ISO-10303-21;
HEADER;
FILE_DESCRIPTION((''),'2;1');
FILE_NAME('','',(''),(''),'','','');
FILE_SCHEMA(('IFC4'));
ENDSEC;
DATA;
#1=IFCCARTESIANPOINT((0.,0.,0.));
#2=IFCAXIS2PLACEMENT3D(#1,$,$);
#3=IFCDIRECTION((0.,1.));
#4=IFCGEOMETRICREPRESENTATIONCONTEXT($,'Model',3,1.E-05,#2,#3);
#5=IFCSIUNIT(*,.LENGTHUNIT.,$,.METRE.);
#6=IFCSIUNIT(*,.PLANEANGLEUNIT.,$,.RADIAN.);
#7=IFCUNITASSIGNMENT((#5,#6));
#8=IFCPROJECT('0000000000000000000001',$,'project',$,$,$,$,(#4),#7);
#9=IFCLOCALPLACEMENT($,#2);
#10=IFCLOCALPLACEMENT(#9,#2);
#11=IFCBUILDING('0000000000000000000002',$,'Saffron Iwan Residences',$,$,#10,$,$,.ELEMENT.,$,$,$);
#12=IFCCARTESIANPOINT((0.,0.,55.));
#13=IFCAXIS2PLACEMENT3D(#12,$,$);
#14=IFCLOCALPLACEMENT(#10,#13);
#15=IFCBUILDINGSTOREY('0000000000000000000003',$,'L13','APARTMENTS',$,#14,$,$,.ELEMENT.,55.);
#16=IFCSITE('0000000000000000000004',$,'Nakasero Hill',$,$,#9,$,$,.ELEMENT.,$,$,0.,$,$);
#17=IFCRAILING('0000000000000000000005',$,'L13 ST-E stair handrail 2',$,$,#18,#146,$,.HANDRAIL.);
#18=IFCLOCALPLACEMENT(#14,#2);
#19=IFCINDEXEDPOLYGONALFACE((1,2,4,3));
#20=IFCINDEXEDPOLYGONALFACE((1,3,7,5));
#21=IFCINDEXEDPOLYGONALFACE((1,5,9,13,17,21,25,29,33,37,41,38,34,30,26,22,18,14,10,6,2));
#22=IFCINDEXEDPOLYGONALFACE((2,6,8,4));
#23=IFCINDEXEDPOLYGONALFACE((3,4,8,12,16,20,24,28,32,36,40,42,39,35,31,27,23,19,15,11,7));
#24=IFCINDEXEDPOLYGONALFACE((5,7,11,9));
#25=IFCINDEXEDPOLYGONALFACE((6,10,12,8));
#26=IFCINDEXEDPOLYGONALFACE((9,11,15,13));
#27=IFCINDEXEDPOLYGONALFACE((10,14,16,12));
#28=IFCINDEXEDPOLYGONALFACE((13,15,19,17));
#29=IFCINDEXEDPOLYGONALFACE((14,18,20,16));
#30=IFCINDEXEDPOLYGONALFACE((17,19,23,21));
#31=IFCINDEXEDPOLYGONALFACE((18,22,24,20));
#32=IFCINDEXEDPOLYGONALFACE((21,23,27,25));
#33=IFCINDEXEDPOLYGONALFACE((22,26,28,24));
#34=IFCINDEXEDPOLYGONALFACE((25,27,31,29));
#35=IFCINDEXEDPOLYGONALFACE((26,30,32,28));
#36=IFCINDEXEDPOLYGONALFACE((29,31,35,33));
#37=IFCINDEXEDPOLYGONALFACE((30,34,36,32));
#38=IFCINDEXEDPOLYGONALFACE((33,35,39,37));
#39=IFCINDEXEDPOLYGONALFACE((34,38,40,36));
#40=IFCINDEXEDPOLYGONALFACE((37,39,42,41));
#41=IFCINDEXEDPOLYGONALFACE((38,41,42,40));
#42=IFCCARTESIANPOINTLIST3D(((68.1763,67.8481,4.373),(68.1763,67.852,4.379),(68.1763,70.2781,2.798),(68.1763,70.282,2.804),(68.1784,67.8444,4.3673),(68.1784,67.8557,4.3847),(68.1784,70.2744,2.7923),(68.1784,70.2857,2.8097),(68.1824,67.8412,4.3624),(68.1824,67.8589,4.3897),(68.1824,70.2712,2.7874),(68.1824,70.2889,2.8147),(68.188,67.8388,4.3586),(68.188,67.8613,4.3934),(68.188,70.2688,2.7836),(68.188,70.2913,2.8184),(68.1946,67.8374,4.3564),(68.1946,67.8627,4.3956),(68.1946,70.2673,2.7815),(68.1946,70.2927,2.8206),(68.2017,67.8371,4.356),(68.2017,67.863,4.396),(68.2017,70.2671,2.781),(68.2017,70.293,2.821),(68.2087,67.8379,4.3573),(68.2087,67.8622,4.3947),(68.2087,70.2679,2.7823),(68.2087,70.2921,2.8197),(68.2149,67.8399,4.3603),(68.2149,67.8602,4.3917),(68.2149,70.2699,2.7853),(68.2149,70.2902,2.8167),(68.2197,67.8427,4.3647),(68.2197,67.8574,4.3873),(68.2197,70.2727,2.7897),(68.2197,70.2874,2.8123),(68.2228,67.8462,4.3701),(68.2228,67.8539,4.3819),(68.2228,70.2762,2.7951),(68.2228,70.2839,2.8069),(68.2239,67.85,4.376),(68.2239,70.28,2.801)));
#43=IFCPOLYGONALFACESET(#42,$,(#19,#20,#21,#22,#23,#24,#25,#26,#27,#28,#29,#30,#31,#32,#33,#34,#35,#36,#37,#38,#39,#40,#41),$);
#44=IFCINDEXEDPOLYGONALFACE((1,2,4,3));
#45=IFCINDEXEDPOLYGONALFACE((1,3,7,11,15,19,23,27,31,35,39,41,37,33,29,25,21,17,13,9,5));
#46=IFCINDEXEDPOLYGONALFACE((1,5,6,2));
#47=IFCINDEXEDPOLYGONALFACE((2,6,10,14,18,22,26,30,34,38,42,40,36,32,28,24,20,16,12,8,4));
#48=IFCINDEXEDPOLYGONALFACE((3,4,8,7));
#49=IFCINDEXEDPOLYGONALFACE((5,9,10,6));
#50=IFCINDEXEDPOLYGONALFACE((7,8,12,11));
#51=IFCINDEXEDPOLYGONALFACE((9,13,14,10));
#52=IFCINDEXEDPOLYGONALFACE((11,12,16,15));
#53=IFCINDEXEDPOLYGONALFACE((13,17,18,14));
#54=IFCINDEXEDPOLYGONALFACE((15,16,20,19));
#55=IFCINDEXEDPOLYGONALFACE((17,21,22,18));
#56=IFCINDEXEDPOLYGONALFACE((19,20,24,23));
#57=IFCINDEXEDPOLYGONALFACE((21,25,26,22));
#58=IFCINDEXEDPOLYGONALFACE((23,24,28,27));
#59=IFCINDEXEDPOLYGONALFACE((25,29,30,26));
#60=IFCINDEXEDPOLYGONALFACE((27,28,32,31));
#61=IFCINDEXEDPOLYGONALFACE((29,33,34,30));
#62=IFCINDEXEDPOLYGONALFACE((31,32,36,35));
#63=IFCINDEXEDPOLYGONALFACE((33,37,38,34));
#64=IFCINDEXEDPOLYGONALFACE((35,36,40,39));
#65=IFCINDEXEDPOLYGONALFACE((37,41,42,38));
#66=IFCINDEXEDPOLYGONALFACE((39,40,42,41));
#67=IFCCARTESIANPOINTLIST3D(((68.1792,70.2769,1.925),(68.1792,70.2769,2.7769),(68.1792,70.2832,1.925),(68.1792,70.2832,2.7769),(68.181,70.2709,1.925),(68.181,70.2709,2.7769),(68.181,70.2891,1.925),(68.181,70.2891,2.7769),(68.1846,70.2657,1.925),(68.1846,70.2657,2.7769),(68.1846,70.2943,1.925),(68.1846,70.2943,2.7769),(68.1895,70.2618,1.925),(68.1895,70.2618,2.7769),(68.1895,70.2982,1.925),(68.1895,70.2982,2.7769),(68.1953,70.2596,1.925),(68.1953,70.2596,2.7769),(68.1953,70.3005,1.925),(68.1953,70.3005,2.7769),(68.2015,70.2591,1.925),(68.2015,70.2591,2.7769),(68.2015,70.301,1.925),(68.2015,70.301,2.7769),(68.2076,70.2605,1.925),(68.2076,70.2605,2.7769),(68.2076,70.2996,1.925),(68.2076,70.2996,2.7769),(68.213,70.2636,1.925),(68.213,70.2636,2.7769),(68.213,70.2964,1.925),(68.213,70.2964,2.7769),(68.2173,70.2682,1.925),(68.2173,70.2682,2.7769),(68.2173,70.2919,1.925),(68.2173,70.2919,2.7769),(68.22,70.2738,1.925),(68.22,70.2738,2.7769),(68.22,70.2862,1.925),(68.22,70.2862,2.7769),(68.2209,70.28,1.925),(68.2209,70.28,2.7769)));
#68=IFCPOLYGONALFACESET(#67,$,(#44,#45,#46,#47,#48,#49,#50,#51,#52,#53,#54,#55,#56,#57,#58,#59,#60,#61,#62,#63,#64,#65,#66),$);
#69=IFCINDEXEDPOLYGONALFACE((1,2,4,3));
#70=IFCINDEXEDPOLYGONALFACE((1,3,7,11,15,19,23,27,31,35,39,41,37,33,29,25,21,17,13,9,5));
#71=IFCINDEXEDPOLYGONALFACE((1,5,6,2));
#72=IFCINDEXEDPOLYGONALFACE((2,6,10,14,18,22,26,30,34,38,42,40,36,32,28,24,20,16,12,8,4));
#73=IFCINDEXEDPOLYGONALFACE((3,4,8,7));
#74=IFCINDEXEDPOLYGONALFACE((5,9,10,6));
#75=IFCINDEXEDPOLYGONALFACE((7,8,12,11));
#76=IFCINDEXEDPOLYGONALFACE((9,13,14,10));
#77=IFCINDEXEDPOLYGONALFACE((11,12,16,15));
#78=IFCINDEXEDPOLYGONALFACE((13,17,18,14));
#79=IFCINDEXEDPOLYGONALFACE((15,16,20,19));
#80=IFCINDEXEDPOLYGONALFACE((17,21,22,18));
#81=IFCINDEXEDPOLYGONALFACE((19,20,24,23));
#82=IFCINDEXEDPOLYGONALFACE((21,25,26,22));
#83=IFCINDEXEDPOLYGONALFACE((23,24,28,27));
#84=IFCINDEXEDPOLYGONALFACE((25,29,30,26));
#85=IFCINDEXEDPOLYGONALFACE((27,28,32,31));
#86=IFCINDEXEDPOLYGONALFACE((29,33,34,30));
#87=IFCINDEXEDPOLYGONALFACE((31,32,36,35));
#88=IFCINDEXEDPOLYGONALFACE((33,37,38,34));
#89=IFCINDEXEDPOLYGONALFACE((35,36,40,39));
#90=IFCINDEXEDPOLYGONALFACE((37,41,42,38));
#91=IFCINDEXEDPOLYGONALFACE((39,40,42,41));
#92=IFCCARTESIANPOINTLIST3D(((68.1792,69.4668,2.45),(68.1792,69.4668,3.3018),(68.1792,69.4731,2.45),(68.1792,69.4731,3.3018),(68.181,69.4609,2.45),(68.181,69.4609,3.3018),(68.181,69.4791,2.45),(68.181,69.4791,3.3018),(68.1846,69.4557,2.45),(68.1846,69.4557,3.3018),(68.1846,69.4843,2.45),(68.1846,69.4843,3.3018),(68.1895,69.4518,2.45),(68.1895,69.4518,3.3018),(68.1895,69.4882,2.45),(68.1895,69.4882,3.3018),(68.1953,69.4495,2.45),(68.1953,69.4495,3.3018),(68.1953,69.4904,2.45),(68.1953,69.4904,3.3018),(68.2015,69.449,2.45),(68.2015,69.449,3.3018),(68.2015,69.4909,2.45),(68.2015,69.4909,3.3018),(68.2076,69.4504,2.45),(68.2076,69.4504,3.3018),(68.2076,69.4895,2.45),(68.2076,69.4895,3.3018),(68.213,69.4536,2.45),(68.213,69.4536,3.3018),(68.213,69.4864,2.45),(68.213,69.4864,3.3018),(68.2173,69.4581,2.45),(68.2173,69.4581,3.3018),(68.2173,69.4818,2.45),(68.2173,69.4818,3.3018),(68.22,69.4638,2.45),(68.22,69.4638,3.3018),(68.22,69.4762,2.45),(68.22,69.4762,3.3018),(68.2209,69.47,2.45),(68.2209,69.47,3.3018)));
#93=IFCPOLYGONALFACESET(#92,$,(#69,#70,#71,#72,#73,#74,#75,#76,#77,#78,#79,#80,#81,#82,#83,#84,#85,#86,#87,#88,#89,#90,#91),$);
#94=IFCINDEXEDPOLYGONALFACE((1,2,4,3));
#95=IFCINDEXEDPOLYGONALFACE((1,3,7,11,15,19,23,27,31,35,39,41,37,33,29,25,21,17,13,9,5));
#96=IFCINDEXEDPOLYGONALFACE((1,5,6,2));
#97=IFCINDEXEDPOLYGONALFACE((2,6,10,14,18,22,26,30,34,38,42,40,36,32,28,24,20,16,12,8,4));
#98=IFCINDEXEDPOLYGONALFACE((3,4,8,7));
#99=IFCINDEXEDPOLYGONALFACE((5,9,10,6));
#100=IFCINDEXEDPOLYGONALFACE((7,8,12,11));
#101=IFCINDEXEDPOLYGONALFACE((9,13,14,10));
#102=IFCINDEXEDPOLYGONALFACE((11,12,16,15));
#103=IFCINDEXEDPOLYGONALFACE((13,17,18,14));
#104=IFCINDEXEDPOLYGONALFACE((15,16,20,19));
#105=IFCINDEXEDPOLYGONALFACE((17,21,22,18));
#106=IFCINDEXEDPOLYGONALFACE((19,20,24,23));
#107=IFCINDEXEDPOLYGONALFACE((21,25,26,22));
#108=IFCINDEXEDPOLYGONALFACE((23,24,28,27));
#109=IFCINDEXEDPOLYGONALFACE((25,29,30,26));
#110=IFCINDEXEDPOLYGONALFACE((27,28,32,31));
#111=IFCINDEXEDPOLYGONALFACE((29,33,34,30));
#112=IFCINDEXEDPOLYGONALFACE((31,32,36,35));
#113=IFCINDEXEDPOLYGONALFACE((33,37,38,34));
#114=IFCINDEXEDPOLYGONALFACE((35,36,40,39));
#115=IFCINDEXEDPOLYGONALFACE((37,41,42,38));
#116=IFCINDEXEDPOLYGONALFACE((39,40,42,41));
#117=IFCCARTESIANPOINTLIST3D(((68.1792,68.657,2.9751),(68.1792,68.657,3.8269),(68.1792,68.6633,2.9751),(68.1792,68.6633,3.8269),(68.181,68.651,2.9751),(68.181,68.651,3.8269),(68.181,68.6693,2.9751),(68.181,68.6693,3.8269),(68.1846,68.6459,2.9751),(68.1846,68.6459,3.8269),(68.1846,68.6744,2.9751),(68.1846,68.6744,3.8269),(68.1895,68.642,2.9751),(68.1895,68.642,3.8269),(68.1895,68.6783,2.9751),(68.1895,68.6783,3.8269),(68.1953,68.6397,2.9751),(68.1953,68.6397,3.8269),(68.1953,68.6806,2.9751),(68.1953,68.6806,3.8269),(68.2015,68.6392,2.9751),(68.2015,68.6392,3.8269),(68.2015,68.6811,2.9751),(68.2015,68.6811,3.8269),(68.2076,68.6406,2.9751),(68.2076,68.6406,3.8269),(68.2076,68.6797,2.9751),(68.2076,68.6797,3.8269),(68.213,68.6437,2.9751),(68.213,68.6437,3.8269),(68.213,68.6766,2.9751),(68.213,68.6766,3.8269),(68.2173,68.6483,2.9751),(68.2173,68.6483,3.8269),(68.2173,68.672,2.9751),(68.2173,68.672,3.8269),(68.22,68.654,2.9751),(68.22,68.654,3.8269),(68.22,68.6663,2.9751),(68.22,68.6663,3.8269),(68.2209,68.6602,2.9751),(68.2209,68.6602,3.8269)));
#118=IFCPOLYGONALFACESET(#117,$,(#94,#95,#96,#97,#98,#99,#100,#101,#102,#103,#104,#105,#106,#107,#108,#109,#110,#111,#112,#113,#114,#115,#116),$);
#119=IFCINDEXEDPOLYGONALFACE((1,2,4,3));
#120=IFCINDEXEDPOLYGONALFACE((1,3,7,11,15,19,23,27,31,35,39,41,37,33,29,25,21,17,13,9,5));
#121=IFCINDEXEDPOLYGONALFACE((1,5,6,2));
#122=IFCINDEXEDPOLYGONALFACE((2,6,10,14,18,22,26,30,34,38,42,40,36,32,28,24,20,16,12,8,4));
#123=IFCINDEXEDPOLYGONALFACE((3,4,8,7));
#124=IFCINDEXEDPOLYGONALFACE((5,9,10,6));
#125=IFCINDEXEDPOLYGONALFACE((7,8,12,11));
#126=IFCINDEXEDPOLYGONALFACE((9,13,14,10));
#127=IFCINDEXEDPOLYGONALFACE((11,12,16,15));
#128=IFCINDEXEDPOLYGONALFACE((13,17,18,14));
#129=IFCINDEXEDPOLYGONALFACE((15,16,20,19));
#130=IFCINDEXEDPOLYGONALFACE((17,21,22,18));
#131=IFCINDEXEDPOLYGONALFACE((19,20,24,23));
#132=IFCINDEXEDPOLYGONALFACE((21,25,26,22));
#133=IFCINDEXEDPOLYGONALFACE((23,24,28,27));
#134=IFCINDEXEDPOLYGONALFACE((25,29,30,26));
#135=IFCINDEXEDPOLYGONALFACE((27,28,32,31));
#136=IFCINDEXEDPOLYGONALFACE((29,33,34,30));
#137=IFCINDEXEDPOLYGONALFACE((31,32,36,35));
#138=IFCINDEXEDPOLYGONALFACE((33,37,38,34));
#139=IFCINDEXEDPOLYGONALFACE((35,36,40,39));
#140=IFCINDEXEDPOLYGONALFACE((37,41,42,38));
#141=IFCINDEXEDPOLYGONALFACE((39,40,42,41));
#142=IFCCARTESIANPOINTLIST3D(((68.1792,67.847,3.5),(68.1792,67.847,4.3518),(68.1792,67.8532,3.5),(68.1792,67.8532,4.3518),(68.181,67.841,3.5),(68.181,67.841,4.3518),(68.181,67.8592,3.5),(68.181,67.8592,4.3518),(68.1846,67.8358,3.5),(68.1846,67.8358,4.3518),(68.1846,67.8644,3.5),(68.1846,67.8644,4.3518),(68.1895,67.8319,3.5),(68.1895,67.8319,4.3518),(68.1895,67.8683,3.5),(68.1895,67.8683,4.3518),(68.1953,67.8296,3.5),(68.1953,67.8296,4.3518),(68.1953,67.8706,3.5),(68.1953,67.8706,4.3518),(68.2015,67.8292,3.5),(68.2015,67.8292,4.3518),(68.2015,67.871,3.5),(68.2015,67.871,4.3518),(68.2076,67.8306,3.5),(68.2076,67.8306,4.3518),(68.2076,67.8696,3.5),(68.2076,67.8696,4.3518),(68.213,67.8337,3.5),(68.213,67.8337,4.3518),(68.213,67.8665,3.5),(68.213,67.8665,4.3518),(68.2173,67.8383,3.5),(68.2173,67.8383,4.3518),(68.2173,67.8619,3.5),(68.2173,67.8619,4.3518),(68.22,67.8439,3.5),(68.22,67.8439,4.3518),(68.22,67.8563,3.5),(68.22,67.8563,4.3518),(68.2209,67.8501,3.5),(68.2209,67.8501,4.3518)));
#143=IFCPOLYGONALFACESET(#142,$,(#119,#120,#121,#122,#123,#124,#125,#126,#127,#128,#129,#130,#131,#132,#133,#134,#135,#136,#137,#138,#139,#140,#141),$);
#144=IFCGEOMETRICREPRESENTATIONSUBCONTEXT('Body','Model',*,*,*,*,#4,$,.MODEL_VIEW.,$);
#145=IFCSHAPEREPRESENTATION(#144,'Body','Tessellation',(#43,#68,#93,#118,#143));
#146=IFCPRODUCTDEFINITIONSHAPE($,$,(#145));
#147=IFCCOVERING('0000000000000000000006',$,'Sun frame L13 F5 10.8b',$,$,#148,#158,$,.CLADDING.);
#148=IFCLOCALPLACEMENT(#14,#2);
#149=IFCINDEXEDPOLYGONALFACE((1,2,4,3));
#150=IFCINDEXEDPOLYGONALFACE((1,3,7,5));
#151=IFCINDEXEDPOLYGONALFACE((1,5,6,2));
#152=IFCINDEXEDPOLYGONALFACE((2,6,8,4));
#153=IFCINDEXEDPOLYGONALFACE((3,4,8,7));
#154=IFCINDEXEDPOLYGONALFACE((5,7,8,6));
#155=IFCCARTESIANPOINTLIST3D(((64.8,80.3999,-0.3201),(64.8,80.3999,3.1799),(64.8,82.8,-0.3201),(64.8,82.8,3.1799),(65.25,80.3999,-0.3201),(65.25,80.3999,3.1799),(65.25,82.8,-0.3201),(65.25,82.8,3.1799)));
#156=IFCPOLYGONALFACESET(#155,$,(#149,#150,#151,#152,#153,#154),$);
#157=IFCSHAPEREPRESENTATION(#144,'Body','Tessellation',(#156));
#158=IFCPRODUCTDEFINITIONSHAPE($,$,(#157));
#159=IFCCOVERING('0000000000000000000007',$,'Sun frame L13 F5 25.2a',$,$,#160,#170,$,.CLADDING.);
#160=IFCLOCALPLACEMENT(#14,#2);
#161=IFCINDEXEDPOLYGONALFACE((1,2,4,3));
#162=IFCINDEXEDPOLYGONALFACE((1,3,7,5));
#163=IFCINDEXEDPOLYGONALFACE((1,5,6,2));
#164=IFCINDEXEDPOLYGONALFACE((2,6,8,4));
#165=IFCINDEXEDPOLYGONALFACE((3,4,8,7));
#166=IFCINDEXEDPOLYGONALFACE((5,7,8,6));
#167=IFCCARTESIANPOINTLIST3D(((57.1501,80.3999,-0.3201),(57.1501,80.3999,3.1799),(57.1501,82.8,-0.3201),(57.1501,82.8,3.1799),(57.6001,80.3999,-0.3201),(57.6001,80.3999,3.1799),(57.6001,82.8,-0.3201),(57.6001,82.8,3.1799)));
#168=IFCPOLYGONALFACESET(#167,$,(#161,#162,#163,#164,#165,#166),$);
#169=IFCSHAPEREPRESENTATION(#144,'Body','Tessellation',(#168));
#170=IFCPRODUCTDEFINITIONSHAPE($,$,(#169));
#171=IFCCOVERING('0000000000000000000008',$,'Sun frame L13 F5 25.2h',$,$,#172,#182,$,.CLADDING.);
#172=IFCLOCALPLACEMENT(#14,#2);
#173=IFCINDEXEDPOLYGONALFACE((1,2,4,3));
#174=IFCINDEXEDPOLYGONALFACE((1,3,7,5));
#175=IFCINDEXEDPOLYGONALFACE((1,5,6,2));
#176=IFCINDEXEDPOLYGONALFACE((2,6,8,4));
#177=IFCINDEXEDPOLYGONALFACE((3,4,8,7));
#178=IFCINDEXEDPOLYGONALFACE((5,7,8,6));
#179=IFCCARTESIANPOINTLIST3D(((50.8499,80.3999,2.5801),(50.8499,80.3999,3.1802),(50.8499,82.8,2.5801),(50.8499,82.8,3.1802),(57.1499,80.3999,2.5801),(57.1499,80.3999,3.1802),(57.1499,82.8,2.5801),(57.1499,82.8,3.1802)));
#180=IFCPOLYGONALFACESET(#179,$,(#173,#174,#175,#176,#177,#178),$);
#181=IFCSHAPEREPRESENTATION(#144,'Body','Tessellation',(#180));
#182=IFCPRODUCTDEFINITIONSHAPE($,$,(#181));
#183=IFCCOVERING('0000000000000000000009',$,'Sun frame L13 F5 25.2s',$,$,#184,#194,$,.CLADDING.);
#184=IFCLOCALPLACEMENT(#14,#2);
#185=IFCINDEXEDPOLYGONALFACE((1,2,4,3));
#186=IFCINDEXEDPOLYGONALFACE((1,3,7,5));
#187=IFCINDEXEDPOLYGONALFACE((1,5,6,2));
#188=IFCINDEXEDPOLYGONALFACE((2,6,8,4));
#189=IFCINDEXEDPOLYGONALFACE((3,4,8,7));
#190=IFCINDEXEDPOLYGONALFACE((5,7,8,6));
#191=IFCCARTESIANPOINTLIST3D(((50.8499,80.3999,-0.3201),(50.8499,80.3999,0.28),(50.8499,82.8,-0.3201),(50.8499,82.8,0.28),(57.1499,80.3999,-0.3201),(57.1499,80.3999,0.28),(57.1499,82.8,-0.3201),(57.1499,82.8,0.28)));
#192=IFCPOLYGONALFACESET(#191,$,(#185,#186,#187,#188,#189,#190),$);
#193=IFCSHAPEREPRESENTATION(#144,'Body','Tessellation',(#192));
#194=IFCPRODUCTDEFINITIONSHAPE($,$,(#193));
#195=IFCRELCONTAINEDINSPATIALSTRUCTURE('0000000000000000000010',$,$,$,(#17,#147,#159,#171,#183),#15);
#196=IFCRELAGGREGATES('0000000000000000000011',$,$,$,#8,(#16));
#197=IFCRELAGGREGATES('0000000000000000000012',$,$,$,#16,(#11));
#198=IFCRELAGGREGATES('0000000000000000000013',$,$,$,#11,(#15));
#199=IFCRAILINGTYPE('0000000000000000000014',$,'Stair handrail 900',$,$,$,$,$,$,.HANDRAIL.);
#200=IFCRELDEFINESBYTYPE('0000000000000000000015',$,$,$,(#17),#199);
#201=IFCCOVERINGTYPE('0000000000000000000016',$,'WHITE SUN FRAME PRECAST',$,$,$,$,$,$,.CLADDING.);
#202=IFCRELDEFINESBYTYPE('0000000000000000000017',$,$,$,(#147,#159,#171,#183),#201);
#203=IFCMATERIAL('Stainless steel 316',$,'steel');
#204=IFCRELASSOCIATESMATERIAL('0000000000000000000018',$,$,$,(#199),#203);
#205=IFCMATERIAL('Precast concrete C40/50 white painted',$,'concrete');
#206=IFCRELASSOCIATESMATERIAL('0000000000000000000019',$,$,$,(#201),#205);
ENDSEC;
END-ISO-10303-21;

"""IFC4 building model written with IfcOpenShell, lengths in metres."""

from ifc_helpers import new_model, si_unit, direction, frame, origin, origin_2d, place, context, subcontext, project, spatial, polyline, circle, outline, extrude, material, type_object, element, save


model = new_model("IFC4")

# Units and contexts
model_context = context("Model", 3, precision=1e-05, world=origin(), true_north=direction((0.0, 1.0)))
body_context = subcontext(model_context, "Body", "Model", "MODEL_VIEW")
ifc_project = project(units=[si_unit("LENGTHUNIT", "METRE"), si_unit("PLANEANGLEUNIT", "RADIAN")], contexts=[model_context])

# Site, building, storey
site_placement = place(None, origin())
site = spatial("IfcSite", under=ifc_project, at=site_placement, Name="Nakasero Hill", CompositionType="ELEMENT", RefElevation=0.0)
building_placement = place(site_placement, origin())
building = spatial("IfcBuilding", under=site, at=building_placement, Name="Saffron Iwan Residences", CompositionType="ELEMENT")
storey_placement = place(building_placement, frame((0.0, 0.0, 55.0)))
storey = spatial("IfcBuildingStorey", under=building, at=storey_placement, Name="L13", Description="APARTMENTS", CompositionType="ELEMENT", Elevation=55.0)

# Railing
ifc_material_1 = material(Name="Stainless steel 316", Category="steel")
railing_type_1 = type_object("IfcRailingType", Name="Stair handrail 900", PredefinedType="HANDRAIL", material=ifc_material_1)
railing_1_placement = place(storey_placement, frame((68.2, 70.28, 1.925)))
element("IfcRailing", 1, at=railing_1_placement, inside=storey, type_object=railing_type_1, Name="L13 ST-E stair handrail 2", PredefinedType="HANDRAIL", context=body_context, shape_type="SweptSolid", body=[
    extrude(circle(Radius=0.0239, at=origin_2d()), frame((0.0, 0.0, 0.876), z_axis=(0.0, -0.839154, 0.543894), x_axis=(1.0, 0.0, 0.0)), (0.0, 0.0, 1.0), 2.8958),
    extrude(circle(Radius=0.021, at=origin_2d()), origin(), (0.0, 0.0, 1.0), 0.8518),
    extrude(circle(Radius=0.021, at=origin_2d()), frame((0.0, -0.8101, 0.5249)), (0.0, 0.0, 1.0), 0.8518),
    extrude(circle(Radius=0.021, at=origin_2d()), frame((0.0, -1.6199, 1.05)), (0.0, 0.0, 1.0), 0.8518),
    extrude(circle(Radius=0.021, at=origin_2d()), frame((0.0, -2.4299, 1.575)), (0.0, 0.0, 1.0), 0.8518),
])

# Coverings
ifc_material_2 = material(Name="Precast concrete C40/50 white painted", Category="concrete")
covering_type_1 = type_object("IfcCoveringType", Name="WHITE SUN FRAME PRECAST", PredefinedType="CLADDING", material=ifc_material_2)
for number, where, z_axis, x_axis, name in (
    (2, (65.25, 80.3999, -0.3201), (0.0, 1.0, 0.0), (-1.0, 0.0, 0.0), "Sun frame L13 F5 10.8b"),
    (3, (57.6001, 80.3999, -0.3201), (0.0, 1.0, 0.0), (-1.0, 0.0, 0.0), "Sun frame L13 F5 25.2a"),
):
    element("IfcCovering", number, at=place(storey_placement, frame(where, z_axis=z_axis, x_axis=x_axis)), inside=storey, type_object=covering_type_1, Name=name, PredefinedType="CLADDING", context=body_context, shape_type="SweptSolid", body=[
        extrude(outline(polyline([(0.0, 0.0), (0.45, 0.0), (0.45, 3.5), (0.0, 3.5), (0.0, 0.0)])), origin(), (0.0, 0.0, 1.0), 2.4001),
    ])
for number, where, z_axis, x_axis, name in (
    (4, (57.1499, 80.3999, 2.5801), (0.0, 1.0, 0.0), (-1.0, 0.0, 0.0), "Sun frame L13 F5 25.2h"),
    (5, (57.1499, 80.3999, -0.3201), (0.0, 1.0, 0.0), (-1.0, 0.0, 0.0), "Sun frame L13 F5 25.2s"),
):
    element("IfcCovering", number, at=place(storey_placement, frame(where, z_axis=z_axis, x_axis=x_axis)), inside=storey, type_object=covering_type_1, Name=name, PredefinedType="CLADDING", context=body_context, shape_type="SweptSolid", body=[
        extrude(outline(polyline([(0.0, 0.0), (6.3, 0.0), (6.3, 0.6001), (0.0, 0.6001), (0.0, 0.0)])), origin(), (0.0, 0.0, 1.0), 2.4001),
    ])

save(model, "model.ifc")
